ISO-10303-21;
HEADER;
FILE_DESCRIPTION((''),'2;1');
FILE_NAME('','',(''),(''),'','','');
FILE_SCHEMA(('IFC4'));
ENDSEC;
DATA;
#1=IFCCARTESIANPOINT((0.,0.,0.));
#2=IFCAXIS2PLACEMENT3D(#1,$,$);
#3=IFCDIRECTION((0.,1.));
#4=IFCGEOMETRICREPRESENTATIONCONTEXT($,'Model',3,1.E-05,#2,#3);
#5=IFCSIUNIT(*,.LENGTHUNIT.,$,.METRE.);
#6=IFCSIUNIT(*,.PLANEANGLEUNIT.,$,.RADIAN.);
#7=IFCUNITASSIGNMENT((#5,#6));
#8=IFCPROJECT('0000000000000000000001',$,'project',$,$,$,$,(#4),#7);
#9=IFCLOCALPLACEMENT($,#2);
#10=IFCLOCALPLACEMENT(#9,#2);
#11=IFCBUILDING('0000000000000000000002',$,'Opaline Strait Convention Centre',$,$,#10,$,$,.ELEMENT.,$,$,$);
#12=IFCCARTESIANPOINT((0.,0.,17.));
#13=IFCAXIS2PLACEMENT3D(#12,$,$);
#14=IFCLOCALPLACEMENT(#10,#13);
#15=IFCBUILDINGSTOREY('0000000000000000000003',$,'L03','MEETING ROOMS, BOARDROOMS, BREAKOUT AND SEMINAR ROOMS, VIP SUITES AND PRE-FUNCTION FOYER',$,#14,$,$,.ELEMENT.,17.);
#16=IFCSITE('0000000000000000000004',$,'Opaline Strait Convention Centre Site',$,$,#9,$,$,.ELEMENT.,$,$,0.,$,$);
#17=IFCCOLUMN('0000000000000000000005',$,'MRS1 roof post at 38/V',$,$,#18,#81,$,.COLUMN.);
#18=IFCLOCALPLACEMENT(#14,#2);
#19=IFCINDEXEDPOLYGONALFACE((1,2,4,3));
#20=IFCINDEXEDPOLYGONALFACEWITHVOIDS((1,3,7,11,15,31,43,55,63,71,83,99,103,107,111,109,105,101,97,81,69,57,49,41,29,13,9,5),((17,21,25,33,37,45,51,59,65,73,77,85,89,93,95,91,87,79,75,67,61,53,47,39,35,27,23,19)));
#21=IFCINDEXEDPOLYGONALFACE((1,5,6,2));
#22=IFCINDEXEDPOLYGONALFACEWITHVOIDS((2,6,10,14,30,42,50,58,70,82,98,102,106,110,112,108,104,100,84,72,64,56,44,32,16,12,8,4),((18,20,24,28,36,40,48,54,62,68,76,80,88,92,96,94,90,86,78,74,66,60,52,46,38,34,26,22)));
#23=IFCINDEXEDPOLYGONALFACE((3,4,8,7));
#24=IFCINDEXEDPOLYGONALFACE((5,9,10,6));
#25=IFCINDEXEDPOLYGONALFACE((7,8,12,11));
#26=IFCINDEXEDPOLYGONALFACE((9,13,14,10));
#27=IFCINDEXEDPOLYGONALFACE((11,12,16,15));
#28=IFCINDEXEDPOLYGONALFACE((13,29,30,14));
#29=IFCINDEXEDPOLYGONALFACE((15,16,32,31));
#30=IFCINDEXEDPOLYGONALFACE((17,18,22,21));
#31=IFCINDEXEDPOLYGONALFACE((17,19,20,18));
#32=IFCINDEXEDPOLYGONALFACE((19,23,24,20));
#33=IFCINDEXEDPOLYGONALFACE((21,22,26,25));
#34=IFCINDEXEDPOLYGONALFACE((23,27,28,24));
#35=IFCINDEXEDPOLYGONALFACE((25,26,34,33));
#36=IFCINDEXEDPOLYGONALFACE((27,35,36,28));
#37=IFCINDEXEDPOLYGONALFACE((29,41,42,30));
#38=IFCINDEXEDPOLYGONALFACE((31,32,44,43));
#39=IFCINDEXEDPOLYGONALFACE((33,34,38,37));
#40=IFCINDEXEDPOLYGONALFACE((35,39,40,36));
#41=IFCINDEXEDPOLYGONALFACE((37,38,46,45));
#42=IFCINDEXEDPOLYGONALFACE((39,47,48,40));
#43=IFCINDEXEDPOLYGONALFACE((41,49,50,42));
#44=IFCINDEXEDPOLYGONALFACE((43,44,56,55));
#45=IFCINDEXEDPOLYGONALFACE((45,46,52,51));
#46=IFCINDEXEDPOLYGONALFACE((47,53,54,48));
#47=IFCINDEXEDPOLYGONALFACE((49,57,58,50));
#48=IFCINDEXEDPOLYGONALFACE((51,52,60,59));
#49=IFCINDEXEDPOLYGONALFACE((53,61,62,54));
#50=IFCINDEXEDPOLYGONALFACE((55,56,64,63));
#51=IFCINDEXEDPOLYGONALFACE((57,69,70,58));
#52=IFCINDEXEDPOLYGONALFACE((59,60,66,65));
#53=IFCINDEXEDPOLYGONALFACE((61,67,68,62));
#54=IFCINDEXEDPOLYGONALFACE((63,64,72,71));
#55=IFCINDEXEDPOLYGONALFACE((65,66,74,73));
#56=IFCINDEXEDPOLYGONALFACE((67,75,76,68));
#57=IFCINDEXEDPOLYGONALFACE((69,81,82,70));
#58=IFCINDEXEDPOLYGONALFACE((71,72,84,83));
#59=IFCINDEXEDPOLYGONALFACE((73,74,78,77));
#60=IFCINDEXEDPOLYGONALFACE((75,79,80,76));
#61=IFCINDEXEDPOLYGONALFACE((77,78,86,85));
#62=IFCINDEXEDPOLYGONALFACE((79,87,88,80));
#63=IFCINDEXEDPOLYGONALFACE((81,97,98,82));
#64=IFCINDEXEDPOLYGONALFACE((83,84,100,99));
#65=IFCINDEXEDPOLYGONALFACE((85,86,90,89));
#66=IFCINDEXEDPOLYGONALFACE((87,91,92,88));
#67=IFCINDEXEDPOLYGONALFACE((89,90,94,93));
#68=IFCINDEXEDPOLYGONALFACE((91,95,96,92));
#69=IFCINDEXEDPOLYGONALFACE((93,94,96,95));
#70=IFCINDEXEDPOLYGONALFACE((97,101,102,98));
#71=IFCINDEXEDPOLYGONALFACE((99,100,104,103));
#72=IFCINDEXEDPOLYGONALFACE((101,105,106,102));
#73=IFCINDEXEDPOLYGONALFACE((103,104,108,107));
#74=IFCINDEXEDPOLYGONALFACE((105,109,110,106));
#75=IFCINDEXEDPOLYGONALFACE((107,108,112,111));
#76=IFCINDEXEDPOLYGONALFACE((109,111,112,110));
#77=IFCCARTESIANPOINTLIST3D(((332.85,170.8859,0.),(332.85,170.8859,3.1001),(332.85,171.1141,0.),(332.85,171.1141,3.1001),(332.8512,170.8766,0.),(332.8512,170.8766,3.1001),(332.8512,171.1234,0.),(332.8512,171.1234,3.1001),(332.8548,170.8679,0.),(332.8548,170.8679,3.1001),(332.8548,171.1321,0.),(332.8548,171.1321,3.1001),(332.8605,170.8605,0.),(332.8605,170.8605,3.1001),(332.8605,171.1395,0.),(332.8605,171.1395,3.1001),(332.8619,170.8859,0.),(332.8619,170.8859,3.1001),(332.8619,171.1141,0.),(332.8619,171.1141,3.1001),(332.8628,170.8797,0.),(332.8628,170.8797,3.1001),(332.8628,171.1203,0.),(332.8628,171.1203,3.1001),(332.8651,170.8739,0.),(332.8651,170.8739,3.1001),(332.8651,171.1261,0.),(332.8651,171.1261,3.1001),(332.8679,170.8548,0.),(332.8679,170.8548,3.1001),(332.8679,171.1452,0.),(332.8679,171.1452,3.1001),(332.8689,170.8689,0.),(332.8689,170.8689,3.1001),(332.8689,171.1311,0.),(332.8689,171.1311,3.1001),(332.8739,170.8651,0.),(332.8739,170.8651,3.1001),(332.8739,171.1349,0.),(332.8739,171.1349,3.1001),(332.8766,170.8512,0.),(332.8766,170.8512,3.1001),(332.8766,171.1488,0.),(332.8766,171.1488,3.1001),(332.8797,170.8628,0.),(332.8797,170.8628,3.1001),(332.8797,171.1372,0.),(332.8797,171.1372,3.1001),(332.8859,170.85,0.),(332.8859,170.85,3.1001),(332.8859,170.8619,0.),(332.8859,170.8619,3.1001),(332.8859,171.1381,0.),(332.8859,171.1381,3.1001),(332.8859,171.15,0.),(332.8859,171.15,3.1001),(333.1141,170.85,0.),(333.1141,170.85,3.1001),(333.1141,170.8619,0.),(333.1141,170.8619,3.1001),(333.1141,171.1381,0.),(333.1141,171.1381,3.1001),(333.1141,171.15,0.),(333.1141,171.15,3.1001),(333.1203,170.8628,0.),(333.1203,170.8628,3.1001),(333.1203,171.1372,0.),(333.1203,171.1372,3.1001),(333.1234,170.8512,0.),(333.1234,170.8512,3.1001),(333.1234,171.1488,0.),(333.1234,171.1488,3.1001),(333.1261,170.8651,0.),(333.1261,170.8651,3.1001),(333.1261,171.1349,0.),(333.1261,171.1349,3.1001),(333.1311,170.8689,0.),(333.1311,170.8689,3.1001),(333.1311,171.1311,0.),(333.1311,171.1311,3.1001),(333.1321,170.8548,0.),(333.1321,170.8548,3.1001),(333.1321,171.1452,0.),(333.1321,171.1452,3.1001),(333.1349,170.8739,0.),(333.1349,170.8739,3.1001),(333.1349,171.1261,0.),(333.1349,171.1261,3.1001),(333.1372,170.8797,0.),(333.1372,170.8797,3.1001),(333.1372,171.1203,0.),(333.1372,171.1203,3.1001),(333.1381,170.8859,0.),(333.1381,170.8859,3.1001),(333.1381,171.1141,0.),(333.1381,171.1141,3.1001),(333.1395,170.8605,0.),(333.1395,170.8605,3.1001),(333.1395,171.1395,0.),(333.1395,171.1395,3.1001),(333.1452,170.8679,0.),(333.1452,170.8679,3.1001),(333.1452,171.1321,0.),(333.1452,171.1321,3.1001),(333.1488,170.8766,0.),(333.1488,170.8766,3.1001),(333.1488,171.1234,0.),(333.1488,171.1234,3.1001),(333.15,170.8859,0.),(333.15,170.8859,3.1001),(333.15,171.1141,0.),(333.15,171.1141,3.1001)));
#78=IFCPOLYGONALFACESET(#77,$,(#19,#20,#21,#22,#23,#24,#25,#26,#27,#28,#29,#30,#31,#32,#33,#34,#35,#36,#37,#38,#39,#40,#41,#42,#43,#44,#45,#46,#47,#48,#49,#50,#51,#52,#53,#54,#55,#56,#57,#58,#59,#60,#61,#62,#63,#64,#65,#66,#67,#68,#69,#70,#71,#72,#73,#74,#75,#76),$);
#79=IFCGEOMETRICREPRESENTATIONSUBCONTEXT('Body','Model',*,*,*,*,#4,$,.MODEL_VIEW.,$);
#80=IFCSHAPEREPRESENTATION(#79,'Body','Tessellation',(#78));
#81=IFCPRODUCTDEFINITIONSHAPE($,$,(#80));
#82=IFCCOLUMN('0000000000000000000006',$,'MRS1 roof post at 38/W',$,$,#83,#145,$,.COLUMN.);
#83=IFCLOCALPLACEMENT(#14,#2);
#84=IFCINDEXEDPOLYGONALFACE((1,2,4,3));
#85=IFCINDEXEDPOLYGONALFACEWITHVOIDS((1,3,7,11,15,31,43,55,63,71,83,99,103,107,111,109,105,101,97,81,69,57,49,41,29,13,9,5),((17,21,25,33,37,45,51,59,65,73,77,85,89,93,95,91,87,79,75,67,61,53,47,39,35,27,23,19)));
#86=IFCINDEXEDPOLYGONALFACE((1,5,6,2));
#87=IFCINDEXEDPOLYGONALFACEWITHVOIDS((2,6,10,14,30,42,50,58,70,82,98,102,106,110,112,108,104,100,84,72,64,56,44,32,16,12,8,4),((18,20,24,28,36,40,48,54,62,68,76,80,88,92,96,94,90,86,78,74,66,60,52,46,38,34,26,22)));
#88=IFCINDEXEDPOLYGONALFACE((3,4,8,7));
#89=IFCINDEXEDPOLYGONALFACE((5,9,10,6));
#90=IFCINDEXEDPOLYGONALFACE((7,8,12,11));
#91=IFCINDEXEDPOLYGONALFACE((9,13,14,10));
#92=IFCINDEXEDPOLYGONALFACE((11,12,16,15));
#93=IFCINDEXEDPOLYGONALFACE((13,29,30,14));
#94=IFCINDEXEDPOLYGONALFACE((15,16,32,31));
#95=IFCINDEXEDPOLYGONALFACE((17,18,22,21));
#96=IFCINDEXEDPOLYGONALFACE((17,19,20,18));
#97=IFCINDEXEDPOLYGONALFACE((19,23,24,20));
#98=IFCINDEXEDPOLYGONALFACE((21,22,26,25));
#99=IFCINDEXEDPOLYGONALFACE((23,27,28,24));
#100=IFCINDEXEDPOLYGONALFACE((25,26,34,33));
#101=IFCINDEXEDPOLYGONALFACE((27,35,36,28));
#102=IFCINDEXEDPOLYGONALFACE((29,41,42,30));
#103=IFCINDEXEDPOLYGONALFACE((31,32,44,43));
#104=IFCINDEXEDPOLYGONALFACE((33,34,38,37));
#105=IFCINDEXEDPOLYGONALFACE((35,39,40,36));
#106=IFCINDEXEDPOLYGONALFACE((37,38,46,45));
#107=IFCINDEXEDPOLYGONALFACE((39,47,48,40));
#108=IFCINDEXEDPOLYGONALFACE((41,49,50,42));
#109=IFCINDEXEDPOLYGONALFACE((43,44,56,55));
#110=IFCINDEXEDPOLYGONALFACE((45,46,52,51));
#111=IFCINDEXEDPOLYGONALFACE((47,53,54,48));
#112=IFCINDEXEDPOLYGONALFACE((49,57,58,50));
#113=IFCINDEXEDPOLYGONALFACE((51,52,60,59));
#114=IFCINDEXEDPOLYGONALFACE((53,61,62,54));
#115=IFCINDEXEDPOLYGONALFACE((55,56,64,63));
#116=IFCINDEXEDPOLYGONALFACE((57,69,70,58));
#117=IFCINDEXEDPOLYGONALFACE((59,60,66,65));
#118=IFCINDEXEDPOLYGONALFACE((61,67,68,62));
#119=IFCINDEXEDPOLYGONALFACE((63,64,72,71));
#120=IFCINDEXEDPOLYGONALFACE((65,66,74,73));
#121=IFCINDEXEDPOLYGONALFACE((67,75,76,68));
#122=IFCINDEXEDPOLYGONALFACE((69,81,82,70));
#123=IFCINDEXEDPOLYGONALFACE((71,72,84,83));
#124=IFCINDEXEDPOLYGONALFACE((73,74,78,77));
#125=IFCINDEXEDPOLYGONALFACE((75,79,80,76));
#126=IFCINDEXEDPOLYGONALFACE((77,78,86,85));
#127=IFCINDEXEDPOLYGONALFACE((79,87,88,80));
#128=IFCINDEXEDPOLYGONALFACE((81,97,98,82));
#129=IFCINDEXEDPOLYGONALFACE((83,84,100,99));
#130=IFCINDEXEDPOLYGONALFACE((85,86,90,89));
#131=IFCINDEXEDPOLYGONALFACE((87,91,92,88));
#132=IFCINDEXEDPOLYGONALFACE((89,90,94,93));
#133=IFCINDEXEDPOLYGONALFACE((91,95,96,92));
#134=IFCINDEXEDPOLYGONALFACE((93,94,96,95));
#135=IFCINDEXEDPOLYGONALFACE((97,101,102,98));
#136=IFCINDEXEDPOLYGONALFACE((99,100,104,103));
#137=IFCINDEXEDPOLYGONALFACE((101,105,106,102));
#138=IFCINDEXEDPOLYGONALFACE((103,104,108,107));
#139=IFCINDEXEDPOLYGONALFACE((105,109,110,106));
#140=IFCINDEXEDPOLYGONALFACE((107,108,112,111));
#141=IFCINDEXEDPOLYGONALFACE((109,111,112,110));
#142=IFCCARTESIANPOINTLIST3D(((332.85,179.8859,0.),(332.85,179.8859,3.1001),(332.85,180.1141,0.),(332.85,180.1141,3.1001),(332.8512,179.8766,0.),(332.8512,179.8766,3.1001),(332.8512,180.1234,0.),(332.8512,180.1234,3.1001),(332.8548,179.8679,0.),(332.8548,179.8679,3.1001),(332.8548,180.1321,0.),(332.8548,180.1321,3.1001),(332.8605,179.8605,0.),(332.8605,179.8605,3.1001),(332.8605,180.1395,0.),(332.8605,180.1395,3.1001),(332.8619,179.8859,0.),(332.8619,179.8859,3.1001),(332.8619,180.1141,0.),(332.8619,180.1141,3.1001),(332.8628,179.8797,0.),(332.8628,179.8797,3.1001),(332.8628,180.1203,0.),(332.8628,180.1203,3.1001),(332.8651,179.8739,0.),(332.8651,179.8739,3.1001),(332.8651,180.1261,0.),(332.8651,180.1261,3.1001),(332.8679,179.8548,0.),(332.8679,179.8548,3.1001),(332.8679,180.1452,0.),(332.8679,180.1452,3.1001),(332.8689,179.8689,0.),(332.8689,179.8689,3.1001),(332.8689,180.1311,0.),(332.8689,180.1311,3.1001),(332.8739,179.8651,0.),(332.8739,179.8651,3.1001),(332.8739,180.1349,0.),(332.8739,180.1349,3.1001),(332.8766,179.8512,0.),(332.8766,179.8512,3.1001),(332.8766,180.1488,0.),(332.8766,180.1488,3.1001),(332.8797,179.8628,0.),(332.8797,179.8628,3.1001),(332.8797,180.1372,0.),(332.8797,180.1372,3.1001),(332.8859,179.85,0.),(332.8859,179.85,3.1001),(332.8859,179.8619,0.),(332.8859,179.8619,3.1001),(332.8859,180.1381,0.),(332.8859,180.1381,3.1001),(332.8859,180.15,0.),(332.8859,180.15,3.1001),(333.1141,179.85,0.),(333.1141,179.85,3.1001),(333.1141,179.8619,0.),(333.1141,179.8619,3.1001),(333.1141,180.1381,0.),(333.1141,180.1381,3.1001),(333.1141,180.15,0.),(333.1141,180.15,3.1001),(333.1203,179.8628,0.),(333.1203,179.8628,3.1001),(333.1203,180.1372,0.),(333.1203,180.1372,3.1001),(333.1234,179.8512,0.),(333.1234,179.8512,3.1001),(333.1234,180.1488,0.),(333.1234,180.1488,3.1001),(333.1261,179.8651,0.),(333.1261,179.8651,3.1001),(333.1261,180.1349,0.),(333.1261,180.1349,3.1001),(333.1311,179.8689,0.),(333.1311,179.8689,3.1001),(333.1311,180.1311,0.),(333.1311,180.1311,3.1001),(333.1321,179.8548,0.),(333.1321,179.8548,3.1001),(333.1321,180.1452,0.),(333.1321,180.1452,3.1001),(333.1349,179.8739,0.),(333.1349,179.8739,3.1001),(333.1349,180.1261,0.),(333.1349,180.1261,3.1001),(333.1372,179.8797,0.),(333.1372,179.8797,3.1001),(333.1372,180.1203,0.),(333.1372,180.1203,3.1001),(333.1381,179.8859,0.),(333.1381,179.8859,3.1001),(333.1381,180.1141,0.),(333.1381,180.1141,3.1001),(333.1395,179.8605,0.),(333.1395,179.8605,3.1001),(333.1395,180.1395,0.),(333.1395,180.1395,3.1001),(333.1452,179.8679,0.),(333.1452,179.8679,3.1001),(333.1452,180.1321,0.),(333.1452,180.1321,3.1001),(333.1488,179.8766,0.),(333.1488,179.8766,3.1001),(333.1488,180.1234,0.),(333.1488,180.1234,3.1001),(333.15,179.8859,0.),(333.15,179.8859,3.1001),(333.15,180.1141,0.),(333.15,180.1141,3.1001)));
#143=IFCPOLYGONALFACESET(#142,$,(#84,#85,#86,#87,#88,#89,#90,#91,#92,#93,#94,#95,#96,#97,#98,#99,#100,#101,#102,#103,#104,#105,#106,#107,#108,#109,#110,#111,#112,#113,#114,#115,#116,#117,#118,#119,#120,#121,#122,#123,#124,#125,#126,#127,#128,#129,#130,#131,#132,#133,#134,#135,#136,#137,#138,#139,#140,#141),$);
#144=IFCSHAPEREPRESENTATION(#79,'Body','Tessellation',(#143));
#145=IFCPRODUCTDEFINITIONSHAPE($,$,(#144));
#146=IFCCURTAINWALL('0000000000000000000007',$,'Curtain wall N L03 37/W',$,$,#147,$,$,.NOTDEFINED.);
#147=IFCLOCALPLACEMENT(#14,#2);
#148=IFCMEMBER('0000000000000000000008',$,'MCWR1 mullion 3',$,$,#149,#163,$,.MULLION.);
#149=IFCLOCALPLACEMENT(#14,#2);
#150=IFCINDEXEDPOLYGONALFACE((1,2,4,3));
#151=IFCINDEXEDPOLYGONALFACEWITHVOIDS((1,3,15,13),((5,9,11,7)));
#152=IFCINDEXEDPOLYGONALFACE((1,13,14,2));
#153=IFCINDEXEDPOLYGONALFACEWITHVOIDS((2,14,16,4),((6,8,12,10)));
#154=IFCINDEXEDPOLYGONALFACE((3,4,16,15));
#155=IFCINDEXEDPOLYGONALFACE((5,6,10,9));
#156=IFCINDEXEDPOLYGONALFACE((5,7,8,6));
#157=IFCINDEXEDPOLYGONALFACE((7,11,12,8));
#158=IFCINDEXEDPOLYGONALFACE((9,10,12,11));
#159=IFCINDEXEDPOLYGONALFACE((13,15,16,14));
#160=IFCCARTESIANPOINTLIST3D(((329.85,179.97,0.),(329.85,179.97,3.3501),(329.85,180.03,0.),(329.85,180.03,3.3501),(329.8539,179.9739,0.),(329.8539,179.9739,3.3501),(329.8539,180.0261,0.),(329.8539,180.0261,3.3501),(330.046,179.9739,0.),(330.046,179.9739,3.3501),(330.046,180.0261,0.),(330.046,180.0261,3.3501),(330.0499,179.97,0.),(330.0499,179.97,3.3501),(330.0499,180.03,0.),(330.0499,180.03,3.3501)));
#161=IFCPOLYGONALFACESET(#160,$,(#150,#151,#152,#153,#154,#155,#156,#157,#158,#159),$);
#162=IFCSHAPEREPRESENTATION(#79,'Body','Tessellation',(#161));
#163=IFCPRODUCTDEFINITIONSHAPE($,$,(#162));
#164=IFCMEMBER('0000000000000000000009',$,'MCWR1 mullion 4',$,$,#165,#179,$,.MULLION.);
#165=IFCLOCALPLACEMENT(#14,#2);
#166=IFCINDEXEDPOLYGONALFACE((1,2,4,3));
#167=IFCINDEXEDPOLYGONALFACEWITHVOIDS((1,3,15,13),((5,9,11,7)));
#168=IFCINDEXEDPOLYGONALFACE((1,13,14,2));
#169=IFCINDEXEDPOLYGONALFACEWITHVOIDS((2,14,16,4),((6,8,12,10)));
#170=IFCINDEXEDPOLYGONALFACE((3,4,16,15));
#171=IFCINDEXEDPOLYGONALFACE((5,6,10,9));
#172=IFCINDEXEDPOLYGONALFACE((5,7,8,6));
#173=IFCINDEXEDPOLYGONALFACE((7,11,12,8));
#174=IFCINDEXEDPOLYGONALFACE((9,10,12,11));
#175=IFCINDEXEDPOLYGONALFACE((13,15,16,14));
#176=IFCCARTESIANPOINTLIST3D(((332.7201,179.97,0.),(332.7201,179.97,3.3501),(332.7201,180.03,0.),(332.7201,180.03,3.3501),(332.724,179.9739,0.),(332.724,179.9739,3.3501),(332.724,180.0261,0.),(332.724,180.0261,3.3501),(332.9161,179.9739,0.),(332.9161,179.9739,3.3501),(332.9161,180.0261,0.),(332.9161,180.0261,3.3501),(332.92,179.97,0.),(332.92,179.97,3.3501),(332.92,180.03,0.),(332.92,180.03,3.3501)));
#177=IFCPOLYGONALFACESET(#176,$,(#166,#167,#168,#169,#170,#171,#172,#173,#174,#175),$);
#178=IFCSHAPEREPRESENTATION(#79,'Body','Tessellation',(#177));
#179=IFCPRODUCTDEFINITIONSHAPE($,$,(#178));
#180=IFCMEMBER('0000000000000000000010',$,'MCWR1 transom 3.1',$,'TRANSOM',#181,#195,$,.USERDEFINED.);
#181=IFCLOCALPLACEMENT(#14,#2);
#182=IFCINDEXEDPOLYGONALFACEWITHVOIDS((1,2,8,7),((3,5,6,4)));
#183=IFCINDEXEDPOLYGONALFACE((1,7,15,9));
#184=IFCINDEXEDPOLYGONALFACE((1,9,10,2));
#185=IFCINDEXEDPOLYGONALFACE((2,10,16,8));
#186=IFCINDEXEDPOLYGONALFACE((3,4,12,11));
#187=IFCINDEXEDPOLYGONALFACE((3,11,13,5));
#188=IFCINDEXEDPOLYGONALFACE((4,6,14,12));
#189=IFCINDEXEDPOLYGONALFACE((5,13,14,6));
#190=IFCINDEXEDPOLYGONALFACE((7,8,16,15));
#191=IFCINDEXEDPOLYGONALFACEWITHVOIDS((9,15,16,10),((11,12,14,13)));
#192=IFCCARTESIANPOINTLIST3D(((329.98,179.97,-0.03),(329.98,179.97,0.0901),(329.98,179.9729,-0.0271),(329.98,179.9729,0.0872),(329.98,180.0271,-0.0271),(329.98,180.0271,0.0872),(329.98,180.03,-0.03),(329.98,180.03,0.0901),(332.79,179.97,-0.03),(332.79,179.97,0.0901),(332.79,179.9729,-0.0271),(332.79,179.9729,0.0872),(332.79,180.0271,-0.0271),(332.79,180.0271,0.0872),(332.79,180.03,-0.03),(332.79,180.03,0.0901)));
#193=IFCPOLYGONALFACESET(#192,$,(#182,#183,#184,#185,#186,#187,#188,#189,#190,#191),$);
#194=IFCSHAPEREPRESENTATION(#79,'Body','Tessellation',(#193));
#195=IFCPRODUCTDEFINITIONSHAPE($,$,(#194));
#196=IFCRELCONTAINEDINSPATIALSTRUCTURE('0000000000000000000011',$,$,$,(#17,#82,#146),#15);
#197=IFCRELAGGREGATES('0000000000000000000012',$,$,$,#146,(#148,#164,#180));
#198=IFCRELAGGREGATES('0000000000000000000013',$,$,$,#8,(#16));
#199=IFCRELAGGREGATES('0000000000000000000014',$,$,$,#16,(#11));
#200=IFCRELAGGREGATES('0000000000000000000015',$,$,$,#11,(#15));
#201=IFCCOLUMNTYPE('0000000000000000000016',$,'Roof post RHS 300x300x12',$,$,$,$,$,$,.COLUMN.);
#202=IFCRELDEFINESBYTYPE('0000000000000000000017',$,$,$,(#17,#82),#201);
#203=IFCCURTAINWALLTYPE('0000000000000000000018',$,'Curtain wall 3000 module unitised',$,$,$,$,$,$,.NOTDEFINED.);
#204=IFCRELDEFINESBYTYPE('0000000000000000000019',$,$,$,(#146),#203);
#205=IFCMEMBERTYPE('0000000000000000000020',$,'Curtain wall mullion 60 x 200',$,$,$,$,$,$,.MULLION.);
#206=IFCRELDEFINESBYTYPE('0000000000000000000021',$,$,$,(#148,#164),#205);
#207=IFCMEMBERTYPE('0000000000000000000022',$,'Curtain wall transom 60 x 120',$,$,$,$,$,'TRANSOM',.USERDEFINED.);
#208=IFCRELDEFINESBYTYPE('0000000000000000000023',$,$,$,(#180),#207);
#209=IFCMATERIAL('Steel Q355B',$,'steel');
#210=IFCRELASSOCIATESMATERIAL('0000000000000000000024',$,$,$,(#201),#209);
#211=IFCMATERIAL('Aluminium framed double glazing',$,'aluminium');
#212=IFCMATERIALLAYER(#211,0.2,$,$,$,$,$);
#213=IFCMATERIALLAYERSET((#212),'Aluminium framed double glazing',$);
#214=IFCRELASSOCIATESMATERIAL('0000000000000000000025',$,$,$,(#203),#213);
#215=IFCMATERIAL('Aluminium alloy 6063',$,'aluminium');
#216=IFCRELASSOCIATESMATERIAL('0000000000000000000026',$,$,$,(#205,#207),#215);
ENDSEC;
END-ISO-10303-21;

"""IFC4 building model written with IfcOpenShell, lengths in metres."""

from ifc_helpers import new_model, si_unit, direction, frame, origin, origin_2d, place, context, subcontext, project, spatial, hollow_rectangle, extrude, material, layer, layer_set, material_profile, profile_set, type_object, element, aggregate, save


model = new_model("IFC4")

# Units and contexts
model_context = context("Model", 3, precision=1e-05, world=origin(), true_north=direction((0.0, 1.0)))
body_context = subcontext(model_context, "Body", "Model", "MODEL_VIEW")
ifc_project = project(units=[si_unit("LENGTHUNIT", "METRE"), si_unit("PLANEANGLEUNIT", "RADIAN")], contexts=[model_context])

# Site, building, storey
site_placement = place(None, origin())
site = spatial("IfcSite", under=ifc_project, at=site_placement, Name="Opaline Strait Convention Centre Site", CompositionType="ELEMENT", RefElevation=0.0)
building_placement = place(site_placement, origin())
building = spatial("IfcBuilding", under=site, at=building_placement, Name="Opaline Strait Convention Centre", CompositionType="ELEMENT")
storey_placement = place(building_placement, frame((0.0, 0.0, 17.0)))
storey = spatial("IfcBuildingStorey", under=building, at=storey_placement, Name="L03", Description="MEETING ROOMS, BOARDROOMS, BREAKOUT AND SEMINAR ROOMS, VIP SUITES AND PRE-FUNCTION FOYER", CompositionType="ELEMENT", Elevation=17.0)

# Columns
ifc_material_1 = material(Name="Steel Q355B", Category="steel")
ifc_material_profile_1 = material_profile(ifc_material_1, hollow_rectangle(XDim=0.3, YDim=0.3, WallThickness=0.012, InnerFilletRadius=0.0239, OuterFilletRadius=0.0359, at=origin_2d()), Name="RHS 300x300x12")
ifc_profile_set_1 = profile_set([ifc_material_profile_1], Name="Steel Q355B")
column_type = type_object("IfcColumnType", Name="Roof post RHS 300x300x12", PredefinedType="COLUMN", material=ifc_profile_set_1)
for number, where, z_axis, x_axis, name in (
    (1, (333.0, 171.0, 0.0), (0.0, 0.0, 1.0), (1.0, 0.0, 0.0), "MRS1 roof post at 38/V"),
    (2, (333.0, 180.0, 0.0), (0.0, 0.0, 1.0), (1.0, 0.0, 0.0), "MRS1 roof post at 38/W"),
):
    element("IfcColumn", number, at=place(storey_placement, frame(where, z_axis=z_axis, x_axis=x_axis)), inside=storey, type_object=column_type, Name=name, PredefinedType="COLUMN", context=body_context, shape_type="SweptSolid", body=[
        extrude(hollow_rectangle(XDim=0.3, YDim=0.3, WallThickness=0.012, InnerFilletRadius=0.0239, OuterFilletRadius=0.0359, at=origin_2d()), origin(), (0.0, 0.0, 1.0), 3.1001),
    ])

# Curtain wall, members
ifc_material_2 = material(Name="Aluminium framed double glazing", Category="aluminium")
ifc_layer_1 = layer(ifc_material_2, 0.2)
ifc_layer_set_1 = layer_set([ifc_layer_1], Name="Aluminium framed double glazing")
curtain_wall_type = type_object("IfcCurtainWallType", Name="Curtain wall 3000 module unitised", PredefinedType="NOTDEFINED", material=ifc_layer_set_1)
curtain_wall_placement = place(storey_placement, origin())
curtain_wall = element("IfcCurtainWall", 3, at=curtain_wall_placement, inside=storey, type_object=curtain_wall_type, Name="Curtain wall N L03 37/W", PredefinedType="NOTDEFINED")
ifc_material_3 = material(Name="Aluminium alloy 6063", Category="aluminium")
ifc_material_profile_2 = material_profile(ifc_material_3, hollow_rectangle(XDim=0.0601, YDim=0.2, WallThickness=0.0039, at=origin_2d()), Name="MULLION 60x200x4")
ifc_profile_set_2 = profile_set([ifc_material_profile_2], Name="Aluminium alloy 6063")
member_type_1 = type_object("IfcMemberType", Name="Curtain wall mullion 60 x 200", PredefinedType="MULLION", material=ifc_profile_set_2)
member_1_placement = place(storey_placement, frame((329.95, 180.0, 0.0), z_axis=(0.0, 0.0, 1.0), x_axis=(0.0, 1.0, 0.0)))
member_1 = element("IfcMember", 4, at=member_1_placement, type_object=member_type_1, Name="MCWR1 mullion 3", PredefinedType="MULLION", context=body_context, shape_type="SweptSolid", body=[
    extrude(hollow_rectangle(XDim=0.0601, YDim=0.2, WallThickness=0.0039, at=origin_2d()), origin(), (0.0, 0.0, 1.0), 3.3501),
])
member_2_placement = place(storey_placement, frame((332.8201, 180.0, 0.0), z_axis=(0.0, 0.0, 1.0), x_axis=(0.0, 1.0, 0.0)))
member_2 = element("IfcMember", 5, at=member_2_placement, type_object=member_type_1, Name="MCWR1 mullion 4", PredefinedType="MULLION", context=body_context, shape_type="SweptSolid", body=[
    extrude(hollow_rectangle(XDim=0.0601, YDim=0.2, WallThickness=0.0039, at=origin_2d()), origin(), (0.0, 0.0, 1.0), 3.3501),
])
ifc_material_profile_3 = material_profile(ifc_material_3, hollow_rectangle(XDim=0.0601, YDim=0.1201, WallThickness=0.0029, at=origin_2d()), Name="TRANSOM 60x120x3")
ifc_profile_set_3 = profile_set([ifc_material_profile_3], Name="Aluminium alloy 6063")
member_type_2 = type_object("IfcMemberType", Name="Curtain wall transom 60 x 120", ElementType="TRANSOM", PredefinedType="USERDEFINED", material=ifc_profile_set_3)
member_3_placement = place(storey_placement, frame((329.98, 180.0, 0.03), z_axis=(1.0, 0.0, 0.0), x_axis=(0.0, 1.0, 0.0)))
member_3 = element("IfcMember", 6, at=member_3_placement, type_object=member_type_2, Name="MCWR1 transom 3.1", ObjectType="TRANSOM", PredefinedType="USERDEFINED", context=body_context, shape_type="SweptSolid", body=[
    extrude(hollow_rectangle(XDim=0.0601, YDim=0.1201, WallThickness=0.0029, at=origin_2d()), origin(), (0.0, 0.0, 1.0), 2.8101),
])

aggregate(curtain_wall, [member_1, member_2, member_3])

save(model, "model.ifc")
